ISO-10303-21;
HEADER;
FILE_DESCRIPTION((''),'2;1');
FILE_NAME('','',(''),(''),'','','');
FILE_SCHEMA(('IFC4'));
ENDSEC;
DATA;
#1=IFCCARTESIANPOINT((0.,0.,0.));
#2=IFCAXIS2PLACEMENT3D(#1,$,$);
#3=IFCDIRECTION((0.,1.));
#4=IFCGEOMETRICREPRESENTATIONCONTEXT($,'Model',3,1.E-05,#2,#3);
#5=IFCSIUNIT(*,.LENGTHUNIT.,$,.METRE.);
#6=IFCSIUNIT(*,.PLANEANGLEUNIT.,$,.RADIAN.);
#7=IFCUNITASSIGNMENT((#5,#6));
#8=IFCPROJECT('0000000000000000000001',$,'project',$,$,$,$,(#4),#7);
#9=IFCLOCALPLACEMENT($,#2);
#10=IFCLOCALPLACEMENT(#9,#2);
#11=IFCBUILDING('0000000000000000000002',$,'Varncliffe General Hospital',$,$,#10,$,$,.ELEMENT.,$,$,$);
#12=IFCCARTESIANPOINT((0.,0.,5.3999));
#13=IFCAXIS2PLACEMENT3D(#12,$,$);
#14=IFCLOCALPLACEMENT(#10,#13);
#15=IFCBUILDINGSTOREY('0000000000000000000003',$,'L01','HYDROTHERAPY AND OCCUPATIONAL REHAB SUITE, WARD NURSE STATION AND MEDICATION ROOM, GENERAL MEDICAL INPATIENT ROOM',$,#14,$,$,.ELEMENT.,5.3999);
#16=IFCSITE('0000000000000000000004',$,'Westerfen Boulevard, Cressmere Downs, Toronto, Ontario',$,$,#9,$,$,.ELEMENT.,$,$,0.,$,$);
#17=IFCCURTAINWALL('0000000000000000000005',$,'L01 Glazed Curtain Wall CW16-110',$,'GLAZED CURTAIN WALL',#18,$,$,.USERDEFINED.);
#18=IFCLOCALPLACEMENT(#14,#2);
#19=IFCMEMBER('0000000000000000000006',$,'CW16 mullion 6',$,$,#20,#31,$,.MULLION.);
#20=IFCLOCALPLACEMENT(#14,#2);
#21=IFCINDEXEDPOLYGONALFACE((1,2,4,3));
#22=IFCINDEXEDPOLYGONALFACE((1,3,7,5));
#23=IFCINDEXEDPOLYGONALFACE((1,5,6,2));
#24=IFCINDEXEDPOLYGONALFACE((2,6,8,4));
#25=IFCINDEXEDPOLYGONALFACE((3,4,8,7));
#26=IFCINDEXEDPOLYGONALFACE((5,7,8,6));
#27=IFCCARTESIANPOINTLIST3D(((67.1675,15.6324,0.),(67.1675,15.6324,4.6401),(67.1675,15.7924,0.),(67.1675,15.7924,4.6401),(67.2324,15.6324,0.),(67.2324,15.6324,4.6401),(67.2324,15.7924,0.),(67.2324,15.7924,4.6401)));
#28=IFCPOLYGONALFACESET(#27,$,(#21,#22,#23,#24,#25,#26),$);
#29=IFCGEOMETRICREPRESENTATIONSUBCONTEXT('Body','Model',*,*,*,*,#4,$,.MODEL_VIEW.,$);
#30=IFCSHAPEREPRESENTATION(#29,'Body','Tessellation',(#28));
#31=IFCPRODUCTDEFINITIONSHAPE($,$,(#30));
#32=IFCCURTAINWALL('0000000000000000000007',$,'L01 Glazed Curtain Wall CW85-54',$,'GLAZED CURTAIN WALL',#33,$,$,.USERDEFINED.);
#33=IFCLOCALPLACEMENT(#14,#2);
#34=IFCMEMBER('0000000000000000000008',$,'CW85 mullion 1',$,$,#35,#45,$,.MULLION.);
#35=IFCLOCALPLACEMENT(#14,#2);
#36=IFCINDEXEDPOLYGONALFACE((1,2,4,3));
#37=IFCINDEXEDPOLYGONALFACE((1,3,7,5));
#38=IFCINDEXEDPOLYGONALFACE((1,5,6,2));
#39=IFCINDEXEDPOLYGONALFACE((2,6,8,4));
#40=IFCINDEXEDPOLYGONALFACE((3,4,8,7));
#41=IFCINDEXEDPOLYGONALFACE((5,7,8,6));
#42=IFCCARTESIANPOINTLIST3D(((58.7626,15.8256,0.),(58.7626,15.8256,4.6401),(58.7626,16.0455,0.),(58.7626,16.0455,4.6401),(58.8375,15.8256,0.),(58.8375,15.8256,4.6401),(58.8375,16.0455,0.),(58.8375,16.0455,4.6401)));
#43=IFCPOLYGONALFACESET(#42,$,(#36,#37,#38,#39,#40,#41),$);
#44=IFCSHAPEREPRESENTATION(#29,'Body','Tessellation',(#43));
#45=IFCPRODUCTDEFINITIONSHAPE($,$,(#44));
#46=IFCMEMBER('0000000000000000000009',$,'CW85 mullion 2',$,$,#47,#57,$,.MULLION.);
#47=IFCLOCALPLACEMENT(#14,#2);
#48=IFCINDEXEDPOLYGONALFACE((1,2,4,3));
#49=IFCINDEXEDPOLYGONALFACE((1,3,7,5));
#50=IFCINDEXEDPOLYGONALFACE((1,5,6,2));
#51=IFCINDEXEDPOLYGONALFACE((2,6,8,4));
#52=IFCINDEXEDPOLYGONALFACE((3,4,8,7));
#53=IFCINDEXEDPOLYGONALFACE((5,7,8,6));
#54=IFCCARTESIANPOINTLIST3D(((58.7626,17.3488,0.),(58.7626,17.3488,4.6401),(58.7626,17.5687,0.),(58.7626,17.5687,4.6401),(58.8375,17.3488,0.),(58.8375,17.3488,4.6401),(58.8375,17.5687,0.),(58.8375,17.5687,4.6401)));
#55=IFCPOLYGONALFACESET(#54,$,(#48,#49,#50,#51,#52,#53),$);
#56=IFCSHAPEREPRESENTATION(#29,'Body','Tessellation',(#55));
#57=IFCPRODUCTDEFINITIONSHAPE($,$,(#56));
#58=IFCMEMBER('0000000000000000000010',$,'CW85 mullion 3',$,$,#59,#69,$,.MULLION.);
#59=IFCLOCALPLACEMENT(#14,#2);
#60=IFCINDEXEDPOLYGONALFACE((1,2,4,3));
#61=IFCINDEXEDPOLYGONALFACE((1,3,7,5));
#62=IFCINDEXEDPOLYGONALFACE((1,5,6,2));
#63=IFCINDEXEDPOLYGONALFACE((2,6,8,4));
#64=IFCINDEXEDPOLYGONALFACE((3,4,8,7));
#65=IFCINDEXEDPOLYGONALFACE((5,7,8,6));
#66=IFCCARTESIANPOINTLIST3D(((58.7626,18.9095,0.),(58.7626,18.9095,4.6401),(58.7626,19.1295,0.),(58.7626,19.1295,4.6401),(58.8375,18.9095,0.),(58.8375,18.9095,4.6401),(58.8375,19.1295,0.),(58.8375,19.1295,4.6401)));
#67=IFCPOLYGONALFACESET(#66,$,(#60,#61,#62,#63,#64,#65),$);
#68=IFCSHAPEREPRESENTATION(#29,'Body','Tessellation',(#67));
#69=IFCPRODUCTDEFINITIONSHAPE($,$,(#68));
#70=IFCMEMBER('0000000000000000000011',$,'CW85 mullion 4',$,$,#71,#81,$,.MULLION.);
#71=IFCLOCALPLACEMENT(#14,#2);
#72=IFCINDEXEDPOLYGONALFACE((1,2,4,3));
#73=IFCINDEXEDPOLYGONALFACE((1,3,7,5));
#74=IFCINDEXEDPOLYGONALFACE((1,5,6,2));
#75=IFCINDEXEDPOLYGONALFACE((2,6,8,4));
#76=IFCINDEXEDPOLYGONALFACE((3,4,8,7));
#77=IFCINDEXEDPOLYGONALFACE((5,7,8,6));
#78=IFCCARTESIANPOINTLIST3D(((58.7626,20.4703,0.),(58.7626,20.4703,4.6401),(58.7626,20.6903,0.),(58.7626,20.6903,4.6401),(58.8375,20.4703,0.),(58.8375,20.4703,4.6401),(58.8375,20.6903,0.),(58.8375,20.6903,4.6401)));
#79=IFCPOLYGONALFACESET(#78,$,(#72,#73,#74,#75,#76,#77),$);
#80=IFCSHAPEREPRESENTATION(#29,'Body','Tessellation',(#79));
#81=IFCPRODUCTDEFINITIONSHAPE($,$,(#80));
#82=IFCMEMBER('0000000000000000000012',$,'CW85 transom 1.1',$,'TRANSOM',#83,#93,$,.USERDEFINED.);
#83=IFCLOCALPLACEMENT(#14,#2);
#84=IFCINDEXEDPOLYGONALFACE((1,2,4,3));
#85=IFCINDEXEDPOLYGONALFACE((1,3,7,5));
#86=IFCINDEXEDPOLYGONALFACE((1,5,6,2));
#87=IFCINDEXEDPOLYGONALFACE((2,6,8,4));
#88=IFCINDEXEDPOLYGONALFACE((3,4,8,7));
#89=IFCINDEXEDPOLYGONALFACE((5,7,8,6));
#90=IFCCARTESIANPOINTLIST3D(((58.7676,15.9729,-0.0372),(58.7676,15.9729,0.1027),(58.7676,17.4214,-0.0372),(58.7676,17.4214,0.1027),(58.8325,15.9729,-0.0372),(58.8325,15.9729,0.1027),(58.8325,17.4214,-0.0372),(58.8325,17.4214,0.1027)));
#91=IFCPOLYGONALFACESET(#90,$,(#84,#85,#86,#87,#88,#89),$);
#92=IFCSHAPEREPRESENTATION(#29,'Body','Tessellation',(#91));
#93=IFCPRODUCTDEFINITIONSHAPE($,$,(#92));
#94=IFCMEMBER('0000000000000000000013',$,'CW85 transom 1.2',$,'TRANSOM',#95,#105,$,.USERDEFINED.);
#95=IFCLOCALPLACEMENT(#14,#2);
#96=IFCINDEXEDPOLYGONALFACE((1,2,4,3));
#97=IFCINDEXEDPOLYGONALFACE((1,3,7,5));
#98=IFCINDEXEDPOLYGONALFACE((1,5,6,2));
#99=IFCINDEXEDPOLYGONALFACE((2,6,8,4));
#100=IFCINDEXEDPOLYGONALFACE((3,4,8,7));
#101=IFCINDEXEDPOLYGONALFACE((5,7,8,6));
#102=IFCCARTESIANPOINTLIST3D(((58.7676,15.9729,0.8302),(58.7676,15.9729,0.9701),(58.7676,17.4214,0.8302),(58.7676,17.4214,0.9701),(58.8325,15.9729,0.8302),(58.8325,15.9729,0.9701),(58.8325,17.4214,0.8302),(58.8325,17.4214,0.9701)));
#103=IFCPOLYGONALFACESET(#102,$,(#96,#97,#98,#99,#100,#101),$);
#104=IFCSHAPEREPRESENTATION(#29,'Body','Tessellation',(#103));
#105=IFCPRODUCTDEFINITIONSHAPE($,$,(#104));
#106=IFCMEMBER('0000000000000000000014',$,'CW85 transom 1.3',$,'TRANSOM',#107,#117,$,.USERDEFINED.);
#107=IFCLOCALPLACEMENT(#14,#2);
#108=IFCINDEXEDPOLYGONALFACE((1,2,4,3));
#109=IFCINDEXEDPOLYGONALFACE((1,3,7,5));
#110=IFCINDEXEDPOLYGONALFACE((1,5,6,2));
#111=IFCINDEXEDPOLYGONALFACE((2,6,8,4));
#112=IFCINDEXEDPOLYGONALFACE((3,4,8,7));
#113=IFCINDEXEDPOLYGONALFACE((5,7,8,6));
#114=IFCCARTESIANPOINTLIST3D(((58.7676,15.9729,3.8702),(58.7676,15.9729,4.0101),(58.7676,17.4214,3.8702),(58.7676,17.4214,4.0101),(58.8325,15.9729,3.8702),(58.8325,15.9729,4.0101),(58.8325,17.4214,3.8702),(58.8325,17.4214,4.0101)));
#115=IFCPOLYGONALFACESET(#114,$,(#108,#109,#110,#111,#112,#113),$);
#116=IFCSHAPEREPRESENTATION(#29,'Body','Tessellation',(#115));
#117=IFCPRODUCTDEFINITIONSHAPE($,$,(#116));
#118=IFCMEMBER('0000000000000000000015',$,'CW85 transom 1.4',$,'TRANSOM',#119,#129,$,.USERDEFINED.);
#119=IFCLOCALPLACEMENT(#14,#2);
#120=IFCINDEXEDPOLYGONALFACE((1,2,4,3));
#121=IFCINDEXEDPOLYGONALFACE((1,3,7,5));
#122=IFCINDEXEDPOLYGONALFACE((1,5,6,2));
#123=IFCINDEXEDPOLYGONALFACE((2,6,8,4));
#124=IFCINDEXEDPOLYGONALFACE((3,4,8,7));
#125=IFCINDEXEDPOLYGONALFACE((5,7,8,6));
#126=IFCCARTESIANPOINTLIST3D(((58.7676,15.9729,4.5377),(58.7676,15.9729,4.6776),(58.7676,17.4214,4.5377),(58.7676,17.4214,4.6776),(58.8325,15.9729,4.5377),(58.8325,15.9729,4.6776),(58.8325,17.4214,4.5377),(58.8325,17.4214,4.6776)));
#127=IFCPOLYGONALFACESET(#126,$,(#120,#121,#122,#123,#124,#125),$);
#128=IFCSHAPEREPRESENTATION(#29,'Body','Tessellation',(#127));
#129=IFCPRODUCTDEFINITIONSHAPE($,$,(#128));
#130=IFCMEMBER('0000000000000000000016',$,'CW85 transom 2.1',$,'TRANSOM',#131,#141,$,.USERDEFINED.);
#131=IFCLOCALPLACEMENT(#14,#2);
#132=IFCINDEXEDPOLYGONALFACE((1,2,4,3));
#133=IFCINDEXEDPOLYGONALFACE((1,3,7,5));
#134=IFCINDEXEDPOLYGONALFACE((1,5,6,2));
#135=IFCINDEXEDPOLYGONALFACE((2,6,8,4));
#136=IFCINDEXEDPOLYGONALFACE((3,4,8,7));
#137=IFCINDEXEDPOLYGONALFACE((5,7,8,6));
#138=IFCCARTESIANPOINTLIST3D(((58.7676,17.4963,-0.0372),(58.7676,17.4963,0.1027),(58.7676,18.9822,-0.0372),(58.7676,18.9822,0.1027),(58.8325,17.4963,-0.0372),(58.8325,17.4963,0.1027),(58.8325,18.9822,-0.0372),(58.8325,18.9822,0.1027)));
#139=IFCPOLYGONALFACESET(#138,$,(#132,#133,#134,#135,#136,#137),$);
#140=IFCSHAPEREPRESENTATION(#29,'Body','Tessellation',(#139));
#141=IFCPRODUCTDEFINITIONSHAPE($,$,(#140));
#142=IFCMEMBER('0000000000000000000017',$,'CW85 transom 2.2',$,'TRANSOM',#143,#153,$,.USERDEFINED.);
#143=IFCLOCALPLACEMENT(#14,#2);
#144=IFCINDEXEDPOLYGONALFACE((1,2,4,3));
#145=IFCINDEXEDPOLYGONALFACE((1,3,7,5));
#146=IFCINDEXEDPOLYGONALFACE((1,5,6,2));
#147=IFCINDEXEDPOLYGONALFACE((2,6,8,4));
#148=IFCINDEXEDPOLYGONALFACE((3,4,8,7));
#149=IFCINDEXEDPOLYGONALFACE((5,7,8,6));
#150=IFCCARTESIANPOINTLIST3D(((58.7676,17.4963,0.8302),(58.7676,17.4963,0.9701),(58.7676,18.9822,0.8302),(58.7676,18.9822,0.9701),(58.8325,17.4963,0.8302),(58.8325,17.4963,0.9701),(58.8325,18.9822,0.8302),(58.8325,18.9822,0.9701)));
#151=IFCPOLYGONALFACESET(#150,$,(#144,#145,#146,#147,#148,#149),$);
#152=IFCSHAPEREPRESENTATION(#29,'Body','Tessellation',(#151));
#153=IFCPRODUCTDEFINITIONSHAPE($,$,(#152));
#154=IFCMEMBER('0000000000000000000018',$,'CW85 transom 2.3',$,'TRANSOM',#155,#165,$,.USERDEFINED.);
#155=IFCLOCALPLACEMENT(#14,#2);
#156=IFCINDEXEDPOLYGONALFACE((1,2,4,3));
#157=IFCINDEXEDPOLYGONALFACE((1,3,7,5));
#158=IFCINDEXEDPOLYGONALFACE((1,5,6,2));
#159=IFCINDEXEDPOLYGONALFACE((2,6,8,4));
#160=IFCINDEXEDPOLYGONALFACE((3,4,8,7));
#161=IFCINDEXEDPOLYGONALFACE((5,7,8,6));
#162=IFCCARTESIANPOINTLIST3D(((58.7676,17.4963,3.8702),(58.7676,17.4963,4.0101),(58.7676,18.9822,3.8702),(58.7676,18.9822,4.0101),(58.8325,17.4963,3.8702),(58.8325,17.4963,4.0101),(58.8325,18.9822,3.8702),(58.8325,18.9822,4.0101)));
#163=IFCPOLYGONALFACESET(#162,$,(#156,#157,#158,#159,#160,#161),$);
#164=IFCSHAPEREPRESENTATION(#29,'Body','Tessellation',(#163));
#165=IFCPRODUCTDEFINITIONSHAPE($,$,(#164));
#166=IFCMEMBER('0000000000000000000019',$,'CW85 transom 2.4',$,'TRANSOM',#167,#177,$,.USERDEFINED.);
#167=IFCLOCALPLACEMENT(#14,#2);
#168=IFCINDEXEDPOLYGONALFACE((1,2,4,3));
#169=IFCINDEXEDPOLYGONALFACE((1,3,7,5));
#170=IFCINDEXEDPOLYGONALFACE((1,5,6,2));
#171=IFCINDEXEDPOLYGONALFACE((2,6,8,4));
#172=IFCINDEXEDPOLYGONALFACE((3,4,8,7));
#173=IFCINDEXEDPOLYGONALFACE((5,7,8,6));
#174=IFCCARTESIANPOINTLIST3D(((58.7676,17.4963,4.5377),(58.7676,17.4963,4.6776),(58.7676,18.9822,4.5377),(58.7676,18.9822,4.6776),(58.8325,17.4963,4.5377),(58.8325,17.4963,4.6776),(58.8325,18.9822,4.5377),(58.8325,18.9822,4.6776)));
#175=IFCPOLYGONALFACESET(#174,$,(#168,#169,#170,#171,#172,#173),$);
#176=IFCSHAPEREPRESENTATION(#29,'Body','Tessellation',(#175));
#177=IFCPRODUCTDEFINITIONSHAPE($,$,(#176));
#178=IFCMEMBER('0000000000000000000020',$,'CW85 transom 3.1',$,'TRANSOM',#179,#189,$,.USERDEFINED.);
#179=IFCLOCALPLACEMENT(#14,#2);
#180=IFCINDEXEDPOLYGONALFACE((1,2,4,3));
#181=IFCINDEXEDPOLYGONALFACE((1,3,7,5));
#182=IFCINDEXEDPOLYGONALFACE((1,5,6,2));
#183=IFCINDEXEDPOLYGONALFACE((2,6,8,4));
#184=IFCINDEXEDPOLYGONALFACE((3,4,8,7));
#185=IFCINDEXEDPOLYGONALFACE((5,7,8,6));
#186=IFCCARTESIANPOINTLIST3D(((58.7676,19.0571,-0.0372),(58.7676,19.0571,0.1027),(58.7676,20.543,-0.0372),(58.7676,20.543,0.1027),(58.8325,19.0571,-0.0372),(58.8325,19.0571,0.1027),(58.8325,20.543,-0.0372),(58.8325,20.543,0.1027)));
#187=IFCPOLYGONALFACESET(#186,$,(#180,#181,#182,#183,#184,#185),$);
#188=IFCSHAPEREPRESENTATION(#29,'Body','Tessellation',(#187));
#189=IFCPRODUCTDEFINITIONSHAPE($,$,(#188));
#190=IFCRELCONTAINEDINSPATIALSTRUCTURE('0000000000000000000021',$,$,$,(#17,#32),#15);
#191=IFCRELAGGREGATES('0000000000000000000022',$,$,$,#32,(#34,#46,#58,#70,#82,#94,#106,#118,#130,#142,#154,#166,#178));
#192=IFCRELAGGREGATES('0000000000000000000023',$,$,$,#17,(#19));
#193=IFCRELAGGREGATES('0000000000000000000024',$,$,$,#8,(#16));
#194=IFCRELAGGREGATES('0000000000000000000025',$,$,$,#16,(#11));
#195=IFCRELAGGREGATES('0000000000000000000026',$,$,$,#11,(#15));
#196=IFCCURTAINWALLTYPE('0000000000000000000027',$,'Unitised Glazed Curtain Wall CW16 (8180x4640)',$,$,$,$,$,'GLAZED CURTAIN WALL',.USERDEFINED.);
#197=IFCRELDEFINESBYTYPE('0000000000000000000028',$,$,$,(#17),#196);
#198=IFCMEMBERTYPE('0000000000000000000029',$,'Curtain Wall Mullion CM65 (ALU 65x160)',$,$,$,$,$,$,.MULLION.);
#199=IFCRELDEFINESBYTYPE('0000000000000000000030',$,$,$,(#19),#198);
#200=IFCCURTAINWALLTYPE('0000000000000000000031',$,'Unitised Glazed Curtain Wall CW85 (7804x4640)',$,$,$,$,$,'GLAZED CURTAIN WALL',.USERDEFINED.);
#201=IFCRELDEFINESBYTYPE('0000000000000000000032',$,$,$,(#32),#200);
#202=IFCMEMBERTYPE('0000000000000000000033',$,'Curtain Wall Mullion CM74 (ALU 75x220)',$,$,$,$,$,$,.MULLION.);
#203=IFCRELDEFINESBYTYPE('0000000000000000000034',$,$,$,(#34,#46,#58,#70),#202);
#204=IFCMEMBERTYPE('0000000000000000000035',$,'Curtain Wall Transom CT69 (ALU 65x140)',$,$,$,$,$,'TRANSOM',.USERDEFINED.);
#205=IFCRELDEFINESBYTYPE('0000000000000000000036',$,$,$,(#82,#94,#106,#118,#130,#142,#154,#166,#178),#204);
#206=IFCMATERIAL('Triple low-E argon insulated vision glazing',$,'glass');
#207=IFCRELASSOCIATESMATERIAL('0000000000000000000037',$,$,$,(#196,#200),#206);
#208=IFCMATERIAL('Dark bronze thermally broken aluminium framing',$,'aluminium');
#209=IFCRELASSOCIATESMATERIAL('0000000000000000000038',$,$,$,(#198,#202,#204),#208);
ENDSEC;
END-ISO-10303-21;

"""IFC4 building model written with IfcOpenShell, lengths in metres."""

from ifc_helpers import new_model, si_unit, direction, frame, origin, origin_2d, place, context, subcontext, project, spatial, rectangle, extrude, material, material_profile, profile_set, type_object, element, aggregate, save


model = new_model("IFC4")

# Units and contexts
model_context = context("Model", 3, precision=1e-05, world=origin(), true_north=direction((0.0, 1.0)))
body_context = subcontext(model_context, "Body", "Model", "MODEL_VIEW")
ifc_project = project(units=[si_unit("LENGTHUNIT", "METRE"), si_unit("PLANEANGLEUNIT", "RADIAN")], contexts=[model_context])

# Site, building, storey
site_placement = place(None, origin())
site = spatial("IfcSite", under=ifc_project, at=site_placement, Name="Westerfen Boulevard, Cressmere Downs, Toronto, Ontario", CompositionType="ELEMENT", RefElevation=0.0)
building_placement = place(site_placement, origin())
building = spatial("IfcBuilding", under=site, at=building_placement, Name="Varncliffe General Hospital", CompositionType="ELEMENT")
storey_placement = place(building_placement, frame((0.0, 0.0, 5.3999)))
storey = spatial("IfcBuildingStorey", under=building, at=storey_placement, Name="L01", Description="HYDROTHERAPY AND OCCUPATIONAL REHAB SUITE, WARD NURSE STATION AND MEDICATION ROOM, GENERAL MEDICAL INPATIENT ROOM", CompositionType="ELEMENT", Elevation=5.3999)

# Curtain wall, member
ifc_material_1 = material(Name="Triple low-E argon insulated vision glazing", Category="glass")
curtain_wall_type_1 = type_object("IfcCurtainWallType", Name="Unitised Glazed Curtain Wall CW16 (8180x4640)", ElementType="GLAZED CURTAIN WALL", PredefinedType="USERDEFINED", material=ifc_material_1)
curtain_wall_1_placement = place(storey_placement, origin())
curtain_wall_1 = element("IfcCurtainWall", 1, at=curtain_wall_1_placement, inside=storey, type_object=curtain_wall_type_1, Name="L01 Glazed Curtain Wall CW16-110", ObjectType="GLAZED CURTAIN WALL", PredefinedType="USERDEFINED")
ifc_material_2 = material(Name="Dark bronze thermally broken aluminium framing", Category="aluminium")
ifc_material_profile_1 = material_profile(ifc_material_2, rectangle(XDim=0.0649, YDim=0.1599, at=origin_2d()), Name="ALU 65x160")
ifc_profile_set_1 = profile_set([ifc_material_profile_1], Name="Dark bronze thermally broken aluminium framing")
member_type_1 = type_object("IfcMemberType", Name="Curtain Wall Mullion CM65 (ALU 65x160)", PredefinedType="MULLION", material=ifc_profile_set_1)
member_1_placement = place(storey_placement, frame((67.2, 15.7124, 0.0), z_axis=(0.0, 0.0, 1.0), x_axis=(1.0, 0.0, 0.0)))
member_1 = element("IfcMember", 2, at=member_1_placement, type_object=member_type_1, Name="CW16 mullion 6", PredefinedType="MULLION", context=body_context, shape_type="SweptSolid", body=[
    extrude(rectangle(XDim=0.0649, YDim=0.1599, at=origin_2d()), origin(), (0.0, 0.0, 1.0), 4.6401),
])

# Curtain wall, members
curtain_wall_type_2 = type_object("IfcCurtainWallType", Name="Unitised Glazed Curtain Wall CW85 (7804x4640)", ElementType="GLAZED CURTAIN WALL", PredefinedType="USERDEFINED", material=ifc_material_1)
curtain_wall_2_placement = place(storey_placement, origin())
curtain_wall_2 = element("IfcCurtainWall", 3, at=curtain_wall_2_placement, inside=storey, type_object=curtain_wall_type_2, Name="L01 Glazed Curtain Wall CW85-54", ObjectType="GLAZED CURTAIN WALL", PredefinedType="USERDEFINED")
ifc_material_profile_2 = material_profile(ifc_material_2, rectangle(XDim=0.075, YDim=0.22, at=origin_2d()), Name="ALU 75x220")
ifc_profile_set_2 = profile_set([ifc_material_profile_2], Name="Dark bronze thermally broken aluminium framing")
member_type_2 = type_object("IfcMemberType", Name="Curtain Wall Mullion CM74 (ALU 75x220)", PredefinedType="MULLION", material=ifc_profile_set_2)
member_2_placement = place(storey_placement, frame((58.8, 15.9355, 0.0), z_axis=(0.0, 0.0, 1.0), x_axis=(-1.0, 0.0, 0.0)))
member_2 = element("IfcMember", 4, at=member_2_placement, type_object=member_type_2, Name="CW85 mullion 1", PredefinedType="MULLION", context=body_context, shape_type="SweptSolid", body=[
    extrude(rectangle(XDim=0.075, YDim=0.22, at=origin_2d()), origin(), (0.0, 0.0, 1.0), 4.6401),
])
member_3_placement = place(storey_placement, frame((58.8, 17.4587, 0.0), z_axis=(0.0, 0.0, 1.0), x_axis=(-1.0, 0.0, 0.0)))
member_3 = element("IfcMember", 5, at=member_3_placement, type_object=member_type_2, Name="CW85 mullion 2", PredefinedType="MULLION", context=body_context, shape_type="SweptSolid", body=[
    extrude(rectangle(XDim=0.075, YDim=0.22, at=origin_2d()), origin(), (0.0, 0.0, 1.0), 4.6401),
])
member_4_placement = place(storey_placement, frame((58.8, 19.0195, 0.0), z_axis=(0.0, 0.0, 1.0), x_axis=(-1.0, 0.0, 0.0)))
member_4 = element("IfcMember", 6, at=member_4_placement, type_object=member_type_2, Name="CW85 mullion 3", PredefinedType="MULLION", context=body_context, shape_type="SweptSolid", body=[
    extrude(rectangle(XDim=0.075, YDim=0.22, at=origin_2d()), origin(), (0.0, 0.0, 1.0), 4.6401),
])
member_5_placement = place(storey_placement, frame((58.8, 20.5803, 0.0), z_axis=(0.0, 0.0, 1.0), x_axis=(-1.0, 0.0, 0.0)))
member_5 = element("IfcMember", 7, at=member_5_placement, type_object=member_type_2, Name="CW85 mullion 4", PredefinedType="MULLION", context=body_context, shape_type="SweptSolid", body=[
    extrude(rectangle(XDim=0.075, YDim=0.22, at=origin_2d()), origin(), (0.0, 0.0, 1.0), 4.6401),
])
ifc_material_profile_3 = material_profile(ifc_material_2, rectangle(XDim=0.0649, YDim=0.1399, at=origin_2d()), Name="ALU 65x140")
ifc_profile_set_3 = profile_set([ifc_material_profile_3], Name="Dark bronze thermally broken aluminium framing")
member_type_3 = type_object("IfcMemberType", Name="Curtain Wall Transom CT69 (ALU 65x140)", ElementType="TRANSOM", PredefinedType="USERDEFINED", material=ifc_profile_set_3)
member_6_placement = place(storey_placement, frame((58.8, 15.9729, 0.0327), z_axis=(0.0, 1.0, 0.0), x_axis=(-1.0, 0.0, 0.0)))
member_6 = element("IfcMember", 8, at=member_6_placement, type_object=member_type_3, Name="CW85 transom 1.1", ObjectType="TRANSOM", PredefinedType="USERDEFINED", context=body_context, shape_type="SweptSolid", body=[
    extrude(rectangle(XDim=0.0649, YDim=0.1399, at=origin_2d()), origin(), (0.0, 0.0, 1.0), 1.4485),
])
member_7_placement = place(storey_placement, frame((58.8, 15.9729, 0.9001), z_axis=(0.0, 1.0, 0.0), x_axis=(-1.0, 0.0, 0.0)))
member_7 = element("IfcMember", 9, at=member_7_placement, type_object=member_type_3, Name="CW85 transom 1.2", ObjectType="TRANSOM", PredefinedType="USERDEFINED", context=body_context, shape_type="SweptSolid", body=[
    extrude(rectangle(XDim=0.0649, YDim=0.1399, at=origin_2d()), origin(), (0.0, 0.0, 1.0), 1.4485),
])
member_8_placement = place(storey_placement, frame((58.8, 15.9729, 3.9402), z_axis=(0.0, 1.0, 0.0), x_axis=(-1.0, 0.0, 0.0)))
member_8 = element("IfcMember", 10, at=member_8_placement, type_object=member_type_3, Name="CW85 transom 1.3", ObjectType="TRANSOM", PredefinedType="USERDEFINED", context=body_context, shape_type="SweptSolid", body=[
    extrude(rectangle(XDim=0.0649, YDim=0.1399, at=origin_2d()), origin(), (0.0, 0.0, 1.0), 1.4485),
])
member_9_placement = place(storey_placement, frame((58.8, 15.9729, 4.6077), z_axis=(0.0, 1.0, 0.0), x_axis=(-1.0, 0.0, 0.0)))
member_9 = element("IfcMember", 11, at=member_9_placement, type_object=member_type_3, Name="CW85 transom 1.4", ObjectType="TRANSOM", PredefinedType="USERDEFINED", context=body_context, shape_type="SweptSolid", body=[
    extrude(rectangle(XDim=0.0649, YDim=0.1399, at=origin_2d()), origin(), (0.0, 0.0, 1.0), 1.4485),
])
member_10_placement = place(storey_placement, frame((58.8, 17.4963, 0.0327), z_axis=(0.0, 1.0, 0.0), x_axis=(-1.0, 0.0, 0.0)))
member_10 = element("IfcMember", 12, at=member_10_placement, type_object=member_type_3, Name="CW85 transom 2.1", ObjectType="TRANSOM", PredefinedType="USERDEFINED", context=body_context, shape_type="SweptSolid", body=[
    extrude(rectangle(XDim=0.0649, YDim=0.1399, at=origin_2d()), origin(), (0.0, 0.0, 1.0), 1.4858),
])
member_11_placement = place(storey_placement, frame((58.8, 17.4963, 0.9001), z_axis=(0.0, 1.0, 0.0), x_axis=(-1.0, 0.0, 0.0)))
member_11 = element("IfcMember", 13, at=member_11_placement, type_object=member_type_3, Name="CW85 transom 2.2", ObjectType="TRANSOM", PredefinedType="USERDEFINED", context=body_context, shape_type="SweptSolid", body=[
    extrude(rectangle(XDim=0.0649, YDim=0.1399, at=origin_2d()), origin(), (0.0, 0.0, 1.0), 1.4858),
])
member_12_placement = place(storey_placement, frame((58.8, 17.4963, 3.9402), z_axis=(0.0, 1.0, 0.0), x_axis=(-1.0, 0.0, 0.0)))
member_12 = element("IfcMember", 14, at=member_12_placement, type_object=member_type_3, Name="CW85 transom 2.3", ObjectType="TRANSOM", PredefinedType="USERDEFINED", context=body_context, shape_type="SweptSolid", body=[
    extrude(rectangle(XDim=0.0649, YDim=0.1399, at=origin_2d()), origin(), (0.0, 0.0, 1.0), 1.4858),
])
member_13_placement = place(storey_placement, frame((58.8, 17.4963, 4.6077), z_axis=(0.0, 1.0, 0.0), x_axis=(-1.0, 0.0, 0.0)))
member_13 = element("IfcMember", 15, at=member_13_placement, type_object=member_type_3, Name="CW85 transom 2.4", ObjectType="TRANSOM", PredefinedType="USERDEFINED", context=body_context, shape_type="SweptSolid", body=[
    extrude(rectangle(XDim=0.0649, YDim=0.1399, at=origin_2d()), origin(), (0.0, 0.0, 1.0), 1.4858),
])
member_14_placement = place(storey_placement, frame((58.8, 19.0571, 0.0327), z_axis=(0.0, 1.0, 0.0), x_axis=(-1.0, 0.0, 0.0)))
member_14 = element("IfcMember", 16, at=member_14_placement, type_object=member_type_3, Name="CW85 transom 3.1", ObjectType="TRANSOM", PredefinedType="USERDEFINED", context=body_context, shape_type="SweptSolid", body=[
    extrude(rectangle(XDim=0.0649, YDim=0.1399, at=origin_2d()), origin(), (0.0, 0.0, 1.0), 1.4858),
])
aggregate(curtain_wall_2, [member_2, member_3, member_4, member_5, member_6, member_7, member_8, member_9, member_10, member_11, member_12, member_13, member_14])

aggregate(curtain_wall_1, [member_1])

save(model, "model.ifc")
